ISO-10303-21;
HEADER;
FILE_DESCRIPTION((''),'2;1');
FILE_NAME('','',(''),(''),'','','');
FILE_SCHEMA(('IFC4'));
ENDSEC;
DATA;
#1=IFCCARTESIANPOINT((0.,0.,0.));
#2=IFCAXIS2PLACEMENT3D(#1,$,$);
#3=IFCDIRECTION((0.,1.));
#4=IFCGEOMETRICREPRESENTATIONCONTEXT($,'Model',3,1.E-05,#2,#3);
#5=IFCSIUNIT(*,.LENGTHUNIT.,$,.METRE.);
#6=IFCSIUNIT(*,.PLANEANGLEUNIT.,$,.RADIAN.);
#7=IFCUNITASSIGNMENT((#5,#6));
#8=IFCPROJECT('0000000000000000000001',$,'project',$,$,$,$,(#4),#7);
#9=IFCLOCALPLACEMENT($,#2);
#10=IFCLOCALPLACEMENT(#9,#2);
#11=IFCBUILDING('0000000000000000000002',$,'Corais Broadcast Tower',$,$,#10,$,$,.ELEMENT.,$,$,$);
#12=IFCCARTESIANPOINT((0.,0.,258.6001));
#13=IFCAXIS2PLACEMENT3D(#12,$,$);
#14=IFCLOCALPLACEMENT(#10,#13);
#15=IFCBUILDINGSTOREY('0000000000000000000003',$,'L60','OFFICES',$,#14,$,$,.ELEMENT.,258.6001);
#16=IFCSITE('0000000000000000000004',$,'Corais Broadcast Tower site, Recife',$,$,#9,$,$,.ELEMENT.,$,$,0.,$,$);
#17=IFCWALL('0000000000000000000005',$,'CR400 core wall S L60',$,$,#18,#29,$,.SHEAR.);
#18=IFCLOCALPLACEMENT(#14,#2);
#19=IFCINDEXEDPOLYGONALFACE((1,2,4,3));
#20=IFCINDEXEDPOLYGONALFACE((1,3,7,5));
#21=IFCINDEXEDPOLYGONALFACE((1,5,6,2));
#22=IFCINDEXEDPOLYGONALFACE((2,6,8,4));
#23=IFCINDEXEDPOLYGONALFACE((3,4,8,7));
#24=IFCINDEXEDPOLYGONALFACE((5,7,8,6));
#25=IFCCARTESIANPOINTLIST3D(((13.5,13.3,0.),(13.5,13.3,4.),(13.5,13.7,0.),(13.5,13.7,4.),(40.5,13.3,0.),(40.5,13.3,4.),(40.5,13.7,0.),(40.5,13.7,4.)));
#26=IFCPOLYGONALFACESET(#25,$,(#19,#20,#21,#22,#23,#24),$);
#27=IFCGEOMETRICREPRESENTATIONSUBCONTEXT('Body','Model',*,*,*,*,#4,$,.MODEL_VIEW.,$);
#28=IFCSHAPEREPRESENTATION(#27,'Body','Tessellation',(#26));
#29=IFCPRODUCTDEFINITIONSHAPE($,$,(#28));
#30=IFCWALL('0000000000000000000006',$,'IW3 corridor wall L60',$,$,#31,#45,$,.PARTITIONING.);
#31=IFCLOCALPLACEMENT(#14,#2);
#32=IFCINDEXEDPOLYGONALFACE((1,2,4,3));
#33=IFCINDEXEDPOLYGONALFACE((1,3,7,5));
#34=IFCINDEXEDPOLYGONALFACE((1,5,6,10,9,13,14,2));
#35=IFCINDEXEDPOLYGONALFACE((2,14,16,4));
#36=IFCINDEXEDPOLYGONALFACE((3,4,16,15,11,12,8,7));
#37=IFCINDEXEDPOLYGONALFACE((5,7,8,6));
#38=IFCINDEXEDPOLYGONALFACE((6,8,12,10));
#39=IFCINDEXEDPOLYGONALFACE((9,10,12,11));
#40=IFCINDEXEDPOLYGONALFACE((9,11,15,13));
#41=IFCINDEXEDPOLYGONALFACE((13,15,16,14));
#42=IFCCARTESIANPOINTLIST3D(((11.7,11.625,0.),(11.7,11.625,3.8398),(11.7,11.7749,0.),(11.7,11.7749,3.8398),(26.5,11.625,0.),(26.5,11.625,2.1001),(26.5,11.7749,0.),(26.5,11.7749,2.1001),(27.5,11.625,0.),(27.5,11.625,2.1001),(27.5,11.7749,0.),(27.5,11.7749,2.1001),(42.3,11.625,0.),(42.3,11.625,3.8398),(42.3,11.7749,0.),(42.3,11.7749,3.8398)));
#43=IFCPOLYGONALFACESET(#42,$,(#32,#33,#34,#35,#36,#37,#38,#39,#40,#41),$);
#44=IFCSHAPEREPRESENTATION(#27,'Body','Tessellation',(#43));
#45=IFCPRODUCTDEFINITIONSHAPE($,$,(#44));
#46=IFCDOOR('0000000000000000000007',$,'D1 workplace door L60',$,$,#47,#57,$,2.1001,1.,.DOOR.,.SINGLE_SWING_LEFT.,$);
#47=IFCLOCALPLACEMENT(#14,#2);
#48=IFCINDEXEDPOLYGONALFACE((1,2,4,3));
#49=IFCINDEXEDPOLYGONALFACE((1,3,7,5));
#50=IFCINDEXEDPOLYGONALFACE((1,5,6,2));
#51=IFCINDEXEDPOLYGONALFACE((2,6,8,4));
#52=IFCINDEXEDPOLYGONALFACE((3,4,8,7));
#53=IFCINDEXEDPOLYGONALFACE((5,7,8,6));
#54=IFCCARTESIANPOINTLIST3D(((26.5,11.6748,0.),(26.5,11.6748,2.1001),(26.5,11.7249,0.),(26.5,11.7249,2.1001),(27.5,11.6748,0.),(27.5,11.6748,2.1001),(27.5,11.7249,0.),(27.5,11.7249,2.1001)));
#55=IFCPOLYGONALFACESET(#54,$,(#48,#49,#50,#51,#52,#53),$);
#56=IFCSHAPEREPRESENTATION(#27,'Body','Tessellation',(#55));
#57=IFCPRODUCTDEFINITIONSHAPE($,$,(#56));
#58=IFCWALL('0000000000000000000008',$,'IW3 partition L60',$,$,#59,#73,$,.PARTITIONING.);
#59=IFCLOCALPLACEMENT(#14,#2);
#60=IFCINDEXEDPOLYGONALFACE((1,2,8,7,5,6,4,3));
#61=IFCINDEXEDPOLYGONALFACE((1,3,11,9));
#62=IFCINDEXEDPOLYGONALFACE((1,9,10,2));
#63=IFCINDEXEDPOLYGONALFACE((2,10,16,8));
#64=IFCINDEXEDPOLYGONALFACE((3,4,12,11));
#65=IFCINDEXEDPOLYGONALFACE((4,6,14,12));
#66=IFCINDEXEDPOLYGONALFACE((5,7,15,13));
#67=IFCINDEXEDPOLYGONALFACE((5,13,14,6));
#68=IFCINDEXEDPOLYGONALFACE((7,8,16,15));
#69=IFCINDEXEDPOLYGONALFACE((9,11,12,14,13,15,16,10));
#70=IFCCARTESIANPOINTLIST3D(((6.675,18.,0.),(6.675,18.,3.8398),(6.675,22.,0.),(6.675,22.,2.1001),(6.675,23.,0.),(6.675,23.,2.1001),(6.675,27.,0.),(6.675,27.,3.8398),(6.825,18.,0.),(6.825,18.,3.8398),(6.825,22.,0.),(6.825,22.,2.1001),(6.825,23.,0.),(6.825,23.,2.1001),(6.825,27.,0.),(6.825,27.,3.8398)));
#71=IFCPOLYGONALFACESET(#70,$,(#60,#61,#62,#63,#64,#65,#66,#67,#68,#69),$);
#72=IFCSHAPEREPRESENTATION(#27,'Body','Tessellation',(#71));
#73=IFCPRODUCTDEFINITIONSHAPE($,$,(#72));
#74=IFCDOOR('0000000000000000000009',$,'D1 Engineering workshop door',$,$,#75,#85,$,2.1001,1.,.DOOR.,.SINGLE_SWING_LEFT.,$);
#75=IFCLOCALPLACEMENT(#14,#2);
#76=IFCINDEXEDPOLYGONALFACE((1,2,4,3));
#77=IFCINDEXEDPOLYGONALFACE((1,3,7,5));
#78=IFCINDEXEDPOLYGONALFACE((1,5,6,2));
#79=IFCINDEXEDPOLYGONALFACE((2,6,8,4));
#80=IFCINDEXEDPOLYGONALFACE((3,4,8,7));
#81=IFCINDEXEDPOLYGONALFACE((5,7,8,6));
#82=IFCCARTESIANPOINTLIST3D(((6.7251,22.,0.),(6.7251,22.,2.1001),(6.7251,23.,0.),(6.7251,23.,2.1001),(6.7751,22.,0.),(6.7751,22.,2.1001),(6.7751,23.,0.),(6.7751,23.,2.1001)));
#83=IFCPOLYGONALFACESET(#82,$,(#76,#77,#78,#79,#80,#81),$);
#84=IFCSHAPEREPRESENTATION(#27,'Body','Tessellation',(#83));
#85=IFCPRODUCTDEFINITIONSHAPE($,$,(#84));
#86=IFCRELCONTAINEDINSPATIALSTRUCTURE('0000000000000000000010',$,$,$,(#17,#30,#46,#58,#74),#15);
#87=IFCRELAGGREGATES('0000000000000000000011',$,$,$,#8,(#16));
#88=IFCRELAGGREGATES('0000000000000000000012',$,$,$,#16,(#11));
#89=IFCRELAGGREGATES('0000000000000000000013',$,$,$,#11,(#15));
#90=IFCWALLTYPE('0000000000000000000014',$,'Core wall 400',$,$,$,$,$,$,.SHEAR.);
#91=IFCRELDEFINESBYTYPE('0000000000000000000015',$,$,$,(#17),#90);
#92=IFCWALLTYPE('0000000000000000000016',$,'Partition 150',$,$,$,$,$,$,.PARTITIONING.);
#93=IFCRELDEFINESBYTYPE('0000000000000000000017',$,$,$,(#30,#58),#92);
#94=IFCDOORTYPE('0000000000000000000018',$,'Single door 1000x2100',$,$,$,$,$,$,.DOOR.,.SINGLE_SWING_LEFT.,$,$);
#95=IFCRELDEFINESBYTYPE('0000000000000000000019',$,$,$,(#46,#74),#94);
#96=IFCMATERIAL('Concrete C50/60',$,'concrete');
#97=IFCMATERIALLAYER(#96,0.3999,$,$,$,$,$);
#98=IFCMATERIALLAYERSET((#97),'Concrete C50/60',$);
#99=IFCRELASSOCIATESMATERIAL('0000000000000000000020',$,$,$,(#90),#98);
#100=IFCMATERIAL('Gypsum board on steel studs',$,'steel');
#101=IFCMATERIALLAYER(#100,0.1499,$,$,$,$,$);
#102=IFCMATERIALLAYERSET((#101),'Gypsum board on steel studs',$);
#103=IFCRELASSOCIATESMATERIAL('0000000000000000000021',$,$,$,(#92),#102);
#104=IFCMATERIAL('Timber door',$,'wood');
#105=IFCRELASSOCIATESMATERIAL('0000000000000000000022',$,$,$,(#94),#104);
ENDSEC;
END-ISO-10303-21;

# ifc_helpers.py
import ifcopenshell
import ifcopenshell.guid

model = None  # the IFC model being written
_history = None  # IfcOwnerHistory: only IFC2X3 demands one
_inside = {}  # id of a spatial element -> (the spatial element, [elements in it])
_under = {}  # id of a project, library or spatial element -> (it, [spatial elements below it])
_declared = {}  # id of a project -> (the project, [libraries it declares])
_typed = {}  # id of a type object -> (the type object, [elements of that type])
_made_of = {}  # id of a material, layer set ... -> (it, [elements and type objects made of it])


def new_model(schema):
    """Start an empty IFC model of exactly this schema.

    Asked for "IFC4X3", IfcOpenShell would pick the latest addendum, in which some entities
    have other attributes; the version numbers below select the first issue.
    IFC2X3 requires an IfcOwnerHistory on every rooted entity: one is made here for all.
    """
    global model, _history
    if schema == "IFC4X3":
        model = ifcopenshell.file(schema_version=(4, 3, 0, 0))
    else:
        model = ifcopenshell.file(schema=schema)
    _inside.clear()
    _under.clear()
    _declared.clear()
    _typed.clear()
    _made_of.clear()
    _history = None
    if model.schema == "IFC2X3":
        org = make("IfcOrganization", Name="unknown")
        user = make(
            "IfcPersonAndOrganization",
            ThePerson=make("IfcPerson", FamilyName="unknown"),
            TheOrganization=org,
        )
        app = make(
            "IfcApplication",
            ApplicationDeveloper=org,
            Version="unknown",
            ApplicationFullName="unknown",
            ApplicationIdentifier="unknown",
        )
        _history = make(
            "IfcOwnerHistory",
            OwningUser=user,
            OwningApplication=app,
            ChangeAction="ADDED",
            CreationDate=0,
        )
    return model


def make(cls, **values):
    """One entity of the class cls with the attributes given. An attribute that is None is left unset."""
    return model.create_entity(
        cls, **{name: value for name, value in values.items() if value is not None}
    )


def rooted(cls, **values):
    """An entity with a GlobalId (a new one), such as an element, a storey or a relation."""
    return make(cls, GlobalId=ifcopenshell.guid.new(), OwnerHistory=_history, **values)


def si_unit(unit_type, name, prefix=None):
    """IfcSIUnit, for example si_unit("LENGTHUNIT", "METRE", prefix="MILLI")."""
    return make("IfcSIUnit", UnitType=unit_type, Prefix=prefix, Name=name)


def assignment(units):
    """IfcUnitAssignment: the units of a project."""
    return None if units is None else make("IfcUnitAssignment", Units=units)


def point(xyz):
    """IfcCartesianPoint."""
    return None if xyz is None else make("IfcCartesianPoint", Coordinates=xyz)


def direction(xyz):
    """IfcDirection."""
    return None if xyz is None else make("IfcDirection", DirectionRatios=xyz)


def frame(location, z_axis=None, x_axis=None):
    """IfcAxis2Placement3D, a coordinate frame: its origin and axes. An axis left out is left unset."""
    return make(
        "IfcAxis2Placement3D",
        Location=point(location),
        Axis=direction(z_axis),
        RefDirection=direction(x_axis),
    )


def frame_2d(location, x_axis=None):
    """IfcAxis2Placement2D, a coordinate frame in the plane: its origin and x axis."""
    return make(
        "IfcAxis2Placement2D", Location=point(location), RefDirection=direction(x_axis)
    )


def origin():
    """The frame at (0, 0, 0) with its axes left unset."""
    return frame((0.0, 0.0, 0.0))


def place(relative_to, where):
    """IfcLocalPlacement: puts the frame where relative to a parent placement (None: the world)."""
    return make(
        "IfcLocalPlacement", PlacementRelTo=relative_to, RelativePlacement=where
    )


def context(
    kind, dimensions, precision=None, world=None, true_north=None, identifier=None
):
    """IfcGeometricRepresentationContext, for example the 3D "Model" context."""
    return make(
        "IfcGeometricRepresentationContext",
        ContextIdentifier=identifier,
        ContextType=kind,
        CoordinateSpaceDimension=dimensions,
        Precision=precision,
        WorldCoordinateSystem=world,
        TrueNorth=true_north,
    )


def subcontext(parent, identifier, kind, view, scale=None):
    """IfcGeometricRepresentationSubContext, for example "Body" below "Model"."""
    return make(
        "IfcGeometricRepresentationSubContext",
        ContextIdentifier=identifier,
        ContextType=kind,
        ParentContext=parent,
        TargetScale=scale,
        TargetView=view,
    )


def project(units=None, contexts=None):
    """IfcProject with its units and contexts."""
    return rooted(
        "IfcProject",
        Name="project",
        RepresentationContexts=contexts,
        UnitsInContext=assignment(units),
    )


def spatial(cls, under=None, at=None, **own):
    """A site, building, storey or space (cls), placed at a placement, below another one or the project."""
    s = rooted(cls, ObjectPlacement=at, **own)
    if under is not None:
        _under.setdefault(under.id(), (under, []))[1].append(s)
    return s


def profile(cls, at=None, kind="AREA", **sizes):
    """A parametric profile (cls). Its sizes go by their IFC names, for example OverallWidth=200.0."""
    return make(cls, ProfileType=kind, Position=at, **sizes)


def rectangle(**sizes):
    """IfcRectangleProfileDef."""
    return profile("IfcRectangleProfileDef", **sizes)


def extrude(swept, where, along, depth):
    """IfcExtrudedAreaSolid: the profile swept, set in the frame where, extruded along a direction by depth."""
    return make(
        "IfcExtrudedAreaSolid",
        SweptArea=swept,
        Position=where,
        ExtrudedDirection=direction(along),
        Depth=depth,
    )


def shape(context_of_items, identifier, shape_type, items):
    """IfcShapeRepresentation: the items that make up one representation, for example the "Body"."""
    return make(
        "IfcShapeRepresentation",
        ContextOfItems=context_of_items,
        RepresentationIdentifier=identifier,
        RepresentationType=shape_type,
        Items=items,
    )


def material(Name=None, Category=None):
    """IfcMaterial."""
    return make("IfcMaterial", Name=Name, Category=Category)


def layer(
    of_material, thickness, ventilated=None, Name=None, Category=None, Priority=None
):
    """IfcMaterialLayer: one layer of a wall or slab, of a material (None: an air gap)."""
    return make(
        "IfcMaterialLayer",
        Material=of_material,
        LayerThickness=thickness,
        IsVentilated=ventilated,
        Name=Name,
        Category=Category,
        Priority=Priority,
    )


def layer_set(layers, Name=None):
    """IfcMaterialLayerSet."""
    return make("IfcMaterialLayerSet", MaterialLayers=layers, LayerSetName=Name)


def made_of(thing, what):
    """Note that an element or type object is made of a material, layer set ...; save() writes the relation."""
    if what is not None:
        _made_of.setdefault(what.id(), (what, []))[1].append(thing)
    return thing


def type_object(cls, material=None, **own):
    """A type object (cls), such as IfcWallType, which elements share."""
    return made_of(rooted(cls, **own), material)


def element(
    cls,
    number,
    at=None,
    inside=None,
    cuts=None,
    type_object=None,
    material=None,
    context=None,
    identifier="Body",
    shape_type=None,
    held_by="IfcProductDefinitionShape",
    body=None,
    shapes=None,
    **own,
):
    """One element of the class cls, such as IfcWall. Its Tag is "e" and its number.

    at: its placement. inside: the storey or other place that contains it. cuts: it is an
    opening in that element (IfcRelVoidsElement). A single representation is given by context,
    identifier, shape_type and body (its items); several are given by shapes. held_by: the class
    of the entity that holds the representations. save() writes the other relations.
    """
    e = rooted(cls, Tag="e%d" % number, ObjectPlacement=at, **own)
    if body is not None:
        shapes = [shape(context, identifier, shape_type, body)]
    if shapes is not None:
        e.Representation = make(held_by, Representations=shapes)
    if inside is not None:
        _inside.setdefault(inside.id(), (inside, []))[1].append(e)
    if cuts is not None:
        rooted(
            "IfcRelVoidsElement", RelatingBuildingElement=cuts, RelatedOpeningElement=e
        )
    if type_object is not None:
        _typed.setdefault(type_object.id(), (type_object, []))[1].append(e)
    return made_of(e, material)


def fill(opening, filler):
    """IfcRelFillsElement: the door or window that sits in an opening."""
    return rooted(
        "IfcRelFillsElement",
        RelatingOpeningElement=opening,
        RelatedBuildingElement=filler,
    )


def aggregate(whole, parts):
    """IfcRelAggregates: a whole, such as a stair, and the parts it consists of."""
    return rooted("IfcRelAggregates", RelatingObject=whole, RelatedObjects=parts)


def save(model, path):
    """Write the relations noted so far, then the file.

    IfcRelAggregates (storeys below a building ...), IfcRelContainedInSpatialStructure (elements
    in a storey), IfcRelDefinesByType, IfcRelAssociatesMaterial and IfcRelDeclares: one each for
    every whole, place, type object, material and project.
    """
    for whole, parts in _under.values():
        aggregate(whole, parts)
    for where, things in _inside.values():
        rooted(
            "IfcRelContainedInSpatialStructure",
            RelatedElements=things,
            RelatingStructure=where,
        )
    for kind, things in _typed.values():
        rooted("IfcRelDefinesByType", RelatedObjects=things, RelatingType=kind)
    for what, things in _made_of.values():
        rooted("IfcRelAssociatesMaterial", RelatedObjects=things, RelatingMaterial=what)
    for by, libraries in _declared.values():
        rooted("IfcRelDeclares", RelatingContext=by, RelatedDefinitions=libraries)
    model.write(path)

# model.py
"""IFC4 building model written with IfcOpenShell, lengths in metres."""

from ifc_helpers import new_model, si_unit, direction, frame, frame_2d, origin, place, context, subcontext, project, spatial, rectangle, extrude, material, layer, layer_set, type_object, element, fill, save


model = new_model("IFC4")

# Units and contexts
model_context = context("Model", 3, precision=1e-05, world=origin(), true_north=direction((0.0, 1.0)))
body_context = subcontext(model_context, "Body", "Model", "MODEL_VIEW")
ifc_project = project(units=[si_unit("LENGTHUNIT", "METRE"), si_unit("PLANEANGLEUNIT", "RADIAN")], contexts=[model_context])

# Site, building, storey
site_placement = place(None, origin())
site = spatial("IfcSite", under=ifc_project, at=site_placement, Name="Corais Broadcast Tower site, Recife", CompositionType="ELEMENT", RefElevation=0.0)
building_placement = place(site_placement, origin())
building = spatial("IfcBuilding", under=site, at=building_placement, Name="Corais Broadcast Tower", CompositionType="ELEMENT")
storey_placement = place(building_placement, frame((0.0, 0.0, 258.6001)))
storey = spatial("IfcBuildingStorey", under=building, at=storey_placement, Name="L60", Description="OFFICES", CompositionType="ELEMENT", Elevation=258.6001)

# Wall
ifc_material_1 = material(Name="Concrete C50/60", Category="concrete")
ifc_layer_1 = layer(ifc_material_1, 0.3999)
ifc_layer_set_1 = layer_set([ifc_layer_1], Name="Concrete C50/60")
wall_type_1 = type_object("IfcWallType", Name="Core wall 400", PredefinedType="SHEAR", material=ifc_layer_set_1)
wall_1_placement = place(storey_placement, frame((13.5, 13.5, 0.0), z_axis=(0.0, 0.0, 1.0), x_axis=(1.0, 0.0, 0.0)))
element("IfcWall", 1, at=wall_1_placement, inside=storey, type_object=wall_type_1, Name="CR400 core wall S L60", PredefinedType="SHEAR", context=body_context, shape_type="SweptSolid", body=[
    extrude(rectangle(XDim=27.0, YDim=0.3999, at=frame_2d((13.5, 0.0))), origin(), (0.0, 0.0, 1.0), 4.0),
])

# Walls, openings, doors
ifc_material_2 = material(Name="Gypsum board on steel studs", Category="steel")
ifc_layer_2 = layer(ifc_material_2, 0.1499)
ifc_layer_set_2 = layer_set([ifc_layer_2], Name="Gypsum board on steel studs")
wall_type_2 = type_object("IfcWallType", Name="Partition 150", PredefinedType="PARTITIONING", material=ifc_layer_set_2)
wall_2_placement = place(storey_placement, frame((11.7, 11.7, 0.0), z_axis=(0.0, 0.0, 1.0), x_axis=(1.0, 0.0, 0.0)))
wall_2 = element("IfcWall", 2, at=wall_2_placement, inside=storey, type_object=wall_type_2, Name="IW3 corridor wall L60", PredefinedType="PARTITIONING", context=body_context, shape_type="SweptSolid", body=[
    extrude(rectangle(XDim=30.6001, YDim=0.1499, at=frame_2d((15.3, 0.0))), origin(), (0.0, 0.0, 1.0), 3.8398),
])
opening_1_placement = place(wall_2_placement, frame((14.8, 0.0, 0.0)))
opening_1 = element("IfcOpeningElement", 3, at=opening_1_placement, cuts=wall_2, PredefinedType="OPENING", context=body_context, shape_type="SweptSolid", body=[
    extrude(rectangle(XDim=1.0, YDim=2.1001, at=frame_2d((0.5, 1.05))), frame((0.0, 0.085, 0.0), z_axis=(0.0, -1.0, 0.0), x_axis=(1.0, 0.0, 0.0)), (0.0, 0.0, 1.0), 0.1699),
])
ifc_material_3 = material(Name="Timber door", Category="wood")
door_type = type_object("IfcDoorType", Name="Single door 1000x2100", OperationType="SINGLE_SWING_LEFT", PredefinedType="DOOR", material=ifc_material_3)
door_1_placement = place(opening_1_placement, origin())
door_1 = element("IfcDoor", 4, at=door_1_placement, inside=storey, type_object=door_type, Name="D1 workplace door L60", OperationType="SINGLE_SWING_LEFT", OverallHeight=2.1001, OverallWidth=1.0, PredefinedType="DOOR", context=body_context, shape_type="SweptSolid", body=[
    extrude(rectangle(XDim=1.0, YDim=2.1001, at=frame_2d((0.5, 1.05))), frame((0.0, 0.0249, 0.0), z_axis=(0.0, -1.0, 0.0), x_axis=(1.0, 0.0, 0.0)), (0.0, 0.0, 1.0), 0.05),
])
fill(opening_1, door_1)
wall_3_placement = place(storey_placement, frame((6.75, 18.0, 0.0), z_axis=(0.0, 0.0, 1.0), x_axis=(0.0, 1.0, 0.0)))
wall_3 = element("IfcWall", 5, at=wall_3_placement, inside=storey, type_object=wall_type_2, Name="IW3 partition L60", PredefinedType="PARTITIONING", context=body_context, shape_type="SweptSolid", body=[
    extrude(rectangle(XDim=9.0, YDim=0.1499, at=frame_2d((4.5, 0.0))), origin(), (0.0, 0.0, 1.0), 3.8398),
])
opening_2_placement = place(wall_3_placement, frame((4.0, 0.0, 0.0)))
opening_2 = element("IfcOpeningElement", 6, at=opening_2_placement, cuts=wall_3, PredefinedType="OPENING", context=body_context, shape_type="SweptSolid", body=[
    extrude(rectangle(XDim=1.0, YDim=2.1001, at=frame_2d((0.5, 1.05))), frame((0.0, 0.085, 0.0), z_axis=(0.0, -1.0, 0.0), x_axis=(1.0, 0.0, 0.0)), (0.0, 0.0, 1.0), 0.1699),
])
door_2_placement = place(opening_2_placement, origin())
door_2 = element("IfcDoor", 7, at=door_2_placement, inside=storey, type_object=door_type, Name="D1 Engineering workshop door", OperationType="SINGLE_SWING_LEFT", OverallHeight=2.1001, OverallWidth=1.0, PredefinedType="DOOR", context=body_context, shape_type="SweptSolid", body=[
    extrude(rectangle(XDim=1.0, YDim=2.1001, at=frame_2d((0.5, 1.05))), frame((0.0, 0.0249, 0.0), z_axis=(0.0, -1.0, 0.0), x_axis=(1.0, 0.0, 0.0)), (0.0, 0.0, 1.0), 0.05),
])
fill(opening_2, door_2)

save(model, "model.ifc")
